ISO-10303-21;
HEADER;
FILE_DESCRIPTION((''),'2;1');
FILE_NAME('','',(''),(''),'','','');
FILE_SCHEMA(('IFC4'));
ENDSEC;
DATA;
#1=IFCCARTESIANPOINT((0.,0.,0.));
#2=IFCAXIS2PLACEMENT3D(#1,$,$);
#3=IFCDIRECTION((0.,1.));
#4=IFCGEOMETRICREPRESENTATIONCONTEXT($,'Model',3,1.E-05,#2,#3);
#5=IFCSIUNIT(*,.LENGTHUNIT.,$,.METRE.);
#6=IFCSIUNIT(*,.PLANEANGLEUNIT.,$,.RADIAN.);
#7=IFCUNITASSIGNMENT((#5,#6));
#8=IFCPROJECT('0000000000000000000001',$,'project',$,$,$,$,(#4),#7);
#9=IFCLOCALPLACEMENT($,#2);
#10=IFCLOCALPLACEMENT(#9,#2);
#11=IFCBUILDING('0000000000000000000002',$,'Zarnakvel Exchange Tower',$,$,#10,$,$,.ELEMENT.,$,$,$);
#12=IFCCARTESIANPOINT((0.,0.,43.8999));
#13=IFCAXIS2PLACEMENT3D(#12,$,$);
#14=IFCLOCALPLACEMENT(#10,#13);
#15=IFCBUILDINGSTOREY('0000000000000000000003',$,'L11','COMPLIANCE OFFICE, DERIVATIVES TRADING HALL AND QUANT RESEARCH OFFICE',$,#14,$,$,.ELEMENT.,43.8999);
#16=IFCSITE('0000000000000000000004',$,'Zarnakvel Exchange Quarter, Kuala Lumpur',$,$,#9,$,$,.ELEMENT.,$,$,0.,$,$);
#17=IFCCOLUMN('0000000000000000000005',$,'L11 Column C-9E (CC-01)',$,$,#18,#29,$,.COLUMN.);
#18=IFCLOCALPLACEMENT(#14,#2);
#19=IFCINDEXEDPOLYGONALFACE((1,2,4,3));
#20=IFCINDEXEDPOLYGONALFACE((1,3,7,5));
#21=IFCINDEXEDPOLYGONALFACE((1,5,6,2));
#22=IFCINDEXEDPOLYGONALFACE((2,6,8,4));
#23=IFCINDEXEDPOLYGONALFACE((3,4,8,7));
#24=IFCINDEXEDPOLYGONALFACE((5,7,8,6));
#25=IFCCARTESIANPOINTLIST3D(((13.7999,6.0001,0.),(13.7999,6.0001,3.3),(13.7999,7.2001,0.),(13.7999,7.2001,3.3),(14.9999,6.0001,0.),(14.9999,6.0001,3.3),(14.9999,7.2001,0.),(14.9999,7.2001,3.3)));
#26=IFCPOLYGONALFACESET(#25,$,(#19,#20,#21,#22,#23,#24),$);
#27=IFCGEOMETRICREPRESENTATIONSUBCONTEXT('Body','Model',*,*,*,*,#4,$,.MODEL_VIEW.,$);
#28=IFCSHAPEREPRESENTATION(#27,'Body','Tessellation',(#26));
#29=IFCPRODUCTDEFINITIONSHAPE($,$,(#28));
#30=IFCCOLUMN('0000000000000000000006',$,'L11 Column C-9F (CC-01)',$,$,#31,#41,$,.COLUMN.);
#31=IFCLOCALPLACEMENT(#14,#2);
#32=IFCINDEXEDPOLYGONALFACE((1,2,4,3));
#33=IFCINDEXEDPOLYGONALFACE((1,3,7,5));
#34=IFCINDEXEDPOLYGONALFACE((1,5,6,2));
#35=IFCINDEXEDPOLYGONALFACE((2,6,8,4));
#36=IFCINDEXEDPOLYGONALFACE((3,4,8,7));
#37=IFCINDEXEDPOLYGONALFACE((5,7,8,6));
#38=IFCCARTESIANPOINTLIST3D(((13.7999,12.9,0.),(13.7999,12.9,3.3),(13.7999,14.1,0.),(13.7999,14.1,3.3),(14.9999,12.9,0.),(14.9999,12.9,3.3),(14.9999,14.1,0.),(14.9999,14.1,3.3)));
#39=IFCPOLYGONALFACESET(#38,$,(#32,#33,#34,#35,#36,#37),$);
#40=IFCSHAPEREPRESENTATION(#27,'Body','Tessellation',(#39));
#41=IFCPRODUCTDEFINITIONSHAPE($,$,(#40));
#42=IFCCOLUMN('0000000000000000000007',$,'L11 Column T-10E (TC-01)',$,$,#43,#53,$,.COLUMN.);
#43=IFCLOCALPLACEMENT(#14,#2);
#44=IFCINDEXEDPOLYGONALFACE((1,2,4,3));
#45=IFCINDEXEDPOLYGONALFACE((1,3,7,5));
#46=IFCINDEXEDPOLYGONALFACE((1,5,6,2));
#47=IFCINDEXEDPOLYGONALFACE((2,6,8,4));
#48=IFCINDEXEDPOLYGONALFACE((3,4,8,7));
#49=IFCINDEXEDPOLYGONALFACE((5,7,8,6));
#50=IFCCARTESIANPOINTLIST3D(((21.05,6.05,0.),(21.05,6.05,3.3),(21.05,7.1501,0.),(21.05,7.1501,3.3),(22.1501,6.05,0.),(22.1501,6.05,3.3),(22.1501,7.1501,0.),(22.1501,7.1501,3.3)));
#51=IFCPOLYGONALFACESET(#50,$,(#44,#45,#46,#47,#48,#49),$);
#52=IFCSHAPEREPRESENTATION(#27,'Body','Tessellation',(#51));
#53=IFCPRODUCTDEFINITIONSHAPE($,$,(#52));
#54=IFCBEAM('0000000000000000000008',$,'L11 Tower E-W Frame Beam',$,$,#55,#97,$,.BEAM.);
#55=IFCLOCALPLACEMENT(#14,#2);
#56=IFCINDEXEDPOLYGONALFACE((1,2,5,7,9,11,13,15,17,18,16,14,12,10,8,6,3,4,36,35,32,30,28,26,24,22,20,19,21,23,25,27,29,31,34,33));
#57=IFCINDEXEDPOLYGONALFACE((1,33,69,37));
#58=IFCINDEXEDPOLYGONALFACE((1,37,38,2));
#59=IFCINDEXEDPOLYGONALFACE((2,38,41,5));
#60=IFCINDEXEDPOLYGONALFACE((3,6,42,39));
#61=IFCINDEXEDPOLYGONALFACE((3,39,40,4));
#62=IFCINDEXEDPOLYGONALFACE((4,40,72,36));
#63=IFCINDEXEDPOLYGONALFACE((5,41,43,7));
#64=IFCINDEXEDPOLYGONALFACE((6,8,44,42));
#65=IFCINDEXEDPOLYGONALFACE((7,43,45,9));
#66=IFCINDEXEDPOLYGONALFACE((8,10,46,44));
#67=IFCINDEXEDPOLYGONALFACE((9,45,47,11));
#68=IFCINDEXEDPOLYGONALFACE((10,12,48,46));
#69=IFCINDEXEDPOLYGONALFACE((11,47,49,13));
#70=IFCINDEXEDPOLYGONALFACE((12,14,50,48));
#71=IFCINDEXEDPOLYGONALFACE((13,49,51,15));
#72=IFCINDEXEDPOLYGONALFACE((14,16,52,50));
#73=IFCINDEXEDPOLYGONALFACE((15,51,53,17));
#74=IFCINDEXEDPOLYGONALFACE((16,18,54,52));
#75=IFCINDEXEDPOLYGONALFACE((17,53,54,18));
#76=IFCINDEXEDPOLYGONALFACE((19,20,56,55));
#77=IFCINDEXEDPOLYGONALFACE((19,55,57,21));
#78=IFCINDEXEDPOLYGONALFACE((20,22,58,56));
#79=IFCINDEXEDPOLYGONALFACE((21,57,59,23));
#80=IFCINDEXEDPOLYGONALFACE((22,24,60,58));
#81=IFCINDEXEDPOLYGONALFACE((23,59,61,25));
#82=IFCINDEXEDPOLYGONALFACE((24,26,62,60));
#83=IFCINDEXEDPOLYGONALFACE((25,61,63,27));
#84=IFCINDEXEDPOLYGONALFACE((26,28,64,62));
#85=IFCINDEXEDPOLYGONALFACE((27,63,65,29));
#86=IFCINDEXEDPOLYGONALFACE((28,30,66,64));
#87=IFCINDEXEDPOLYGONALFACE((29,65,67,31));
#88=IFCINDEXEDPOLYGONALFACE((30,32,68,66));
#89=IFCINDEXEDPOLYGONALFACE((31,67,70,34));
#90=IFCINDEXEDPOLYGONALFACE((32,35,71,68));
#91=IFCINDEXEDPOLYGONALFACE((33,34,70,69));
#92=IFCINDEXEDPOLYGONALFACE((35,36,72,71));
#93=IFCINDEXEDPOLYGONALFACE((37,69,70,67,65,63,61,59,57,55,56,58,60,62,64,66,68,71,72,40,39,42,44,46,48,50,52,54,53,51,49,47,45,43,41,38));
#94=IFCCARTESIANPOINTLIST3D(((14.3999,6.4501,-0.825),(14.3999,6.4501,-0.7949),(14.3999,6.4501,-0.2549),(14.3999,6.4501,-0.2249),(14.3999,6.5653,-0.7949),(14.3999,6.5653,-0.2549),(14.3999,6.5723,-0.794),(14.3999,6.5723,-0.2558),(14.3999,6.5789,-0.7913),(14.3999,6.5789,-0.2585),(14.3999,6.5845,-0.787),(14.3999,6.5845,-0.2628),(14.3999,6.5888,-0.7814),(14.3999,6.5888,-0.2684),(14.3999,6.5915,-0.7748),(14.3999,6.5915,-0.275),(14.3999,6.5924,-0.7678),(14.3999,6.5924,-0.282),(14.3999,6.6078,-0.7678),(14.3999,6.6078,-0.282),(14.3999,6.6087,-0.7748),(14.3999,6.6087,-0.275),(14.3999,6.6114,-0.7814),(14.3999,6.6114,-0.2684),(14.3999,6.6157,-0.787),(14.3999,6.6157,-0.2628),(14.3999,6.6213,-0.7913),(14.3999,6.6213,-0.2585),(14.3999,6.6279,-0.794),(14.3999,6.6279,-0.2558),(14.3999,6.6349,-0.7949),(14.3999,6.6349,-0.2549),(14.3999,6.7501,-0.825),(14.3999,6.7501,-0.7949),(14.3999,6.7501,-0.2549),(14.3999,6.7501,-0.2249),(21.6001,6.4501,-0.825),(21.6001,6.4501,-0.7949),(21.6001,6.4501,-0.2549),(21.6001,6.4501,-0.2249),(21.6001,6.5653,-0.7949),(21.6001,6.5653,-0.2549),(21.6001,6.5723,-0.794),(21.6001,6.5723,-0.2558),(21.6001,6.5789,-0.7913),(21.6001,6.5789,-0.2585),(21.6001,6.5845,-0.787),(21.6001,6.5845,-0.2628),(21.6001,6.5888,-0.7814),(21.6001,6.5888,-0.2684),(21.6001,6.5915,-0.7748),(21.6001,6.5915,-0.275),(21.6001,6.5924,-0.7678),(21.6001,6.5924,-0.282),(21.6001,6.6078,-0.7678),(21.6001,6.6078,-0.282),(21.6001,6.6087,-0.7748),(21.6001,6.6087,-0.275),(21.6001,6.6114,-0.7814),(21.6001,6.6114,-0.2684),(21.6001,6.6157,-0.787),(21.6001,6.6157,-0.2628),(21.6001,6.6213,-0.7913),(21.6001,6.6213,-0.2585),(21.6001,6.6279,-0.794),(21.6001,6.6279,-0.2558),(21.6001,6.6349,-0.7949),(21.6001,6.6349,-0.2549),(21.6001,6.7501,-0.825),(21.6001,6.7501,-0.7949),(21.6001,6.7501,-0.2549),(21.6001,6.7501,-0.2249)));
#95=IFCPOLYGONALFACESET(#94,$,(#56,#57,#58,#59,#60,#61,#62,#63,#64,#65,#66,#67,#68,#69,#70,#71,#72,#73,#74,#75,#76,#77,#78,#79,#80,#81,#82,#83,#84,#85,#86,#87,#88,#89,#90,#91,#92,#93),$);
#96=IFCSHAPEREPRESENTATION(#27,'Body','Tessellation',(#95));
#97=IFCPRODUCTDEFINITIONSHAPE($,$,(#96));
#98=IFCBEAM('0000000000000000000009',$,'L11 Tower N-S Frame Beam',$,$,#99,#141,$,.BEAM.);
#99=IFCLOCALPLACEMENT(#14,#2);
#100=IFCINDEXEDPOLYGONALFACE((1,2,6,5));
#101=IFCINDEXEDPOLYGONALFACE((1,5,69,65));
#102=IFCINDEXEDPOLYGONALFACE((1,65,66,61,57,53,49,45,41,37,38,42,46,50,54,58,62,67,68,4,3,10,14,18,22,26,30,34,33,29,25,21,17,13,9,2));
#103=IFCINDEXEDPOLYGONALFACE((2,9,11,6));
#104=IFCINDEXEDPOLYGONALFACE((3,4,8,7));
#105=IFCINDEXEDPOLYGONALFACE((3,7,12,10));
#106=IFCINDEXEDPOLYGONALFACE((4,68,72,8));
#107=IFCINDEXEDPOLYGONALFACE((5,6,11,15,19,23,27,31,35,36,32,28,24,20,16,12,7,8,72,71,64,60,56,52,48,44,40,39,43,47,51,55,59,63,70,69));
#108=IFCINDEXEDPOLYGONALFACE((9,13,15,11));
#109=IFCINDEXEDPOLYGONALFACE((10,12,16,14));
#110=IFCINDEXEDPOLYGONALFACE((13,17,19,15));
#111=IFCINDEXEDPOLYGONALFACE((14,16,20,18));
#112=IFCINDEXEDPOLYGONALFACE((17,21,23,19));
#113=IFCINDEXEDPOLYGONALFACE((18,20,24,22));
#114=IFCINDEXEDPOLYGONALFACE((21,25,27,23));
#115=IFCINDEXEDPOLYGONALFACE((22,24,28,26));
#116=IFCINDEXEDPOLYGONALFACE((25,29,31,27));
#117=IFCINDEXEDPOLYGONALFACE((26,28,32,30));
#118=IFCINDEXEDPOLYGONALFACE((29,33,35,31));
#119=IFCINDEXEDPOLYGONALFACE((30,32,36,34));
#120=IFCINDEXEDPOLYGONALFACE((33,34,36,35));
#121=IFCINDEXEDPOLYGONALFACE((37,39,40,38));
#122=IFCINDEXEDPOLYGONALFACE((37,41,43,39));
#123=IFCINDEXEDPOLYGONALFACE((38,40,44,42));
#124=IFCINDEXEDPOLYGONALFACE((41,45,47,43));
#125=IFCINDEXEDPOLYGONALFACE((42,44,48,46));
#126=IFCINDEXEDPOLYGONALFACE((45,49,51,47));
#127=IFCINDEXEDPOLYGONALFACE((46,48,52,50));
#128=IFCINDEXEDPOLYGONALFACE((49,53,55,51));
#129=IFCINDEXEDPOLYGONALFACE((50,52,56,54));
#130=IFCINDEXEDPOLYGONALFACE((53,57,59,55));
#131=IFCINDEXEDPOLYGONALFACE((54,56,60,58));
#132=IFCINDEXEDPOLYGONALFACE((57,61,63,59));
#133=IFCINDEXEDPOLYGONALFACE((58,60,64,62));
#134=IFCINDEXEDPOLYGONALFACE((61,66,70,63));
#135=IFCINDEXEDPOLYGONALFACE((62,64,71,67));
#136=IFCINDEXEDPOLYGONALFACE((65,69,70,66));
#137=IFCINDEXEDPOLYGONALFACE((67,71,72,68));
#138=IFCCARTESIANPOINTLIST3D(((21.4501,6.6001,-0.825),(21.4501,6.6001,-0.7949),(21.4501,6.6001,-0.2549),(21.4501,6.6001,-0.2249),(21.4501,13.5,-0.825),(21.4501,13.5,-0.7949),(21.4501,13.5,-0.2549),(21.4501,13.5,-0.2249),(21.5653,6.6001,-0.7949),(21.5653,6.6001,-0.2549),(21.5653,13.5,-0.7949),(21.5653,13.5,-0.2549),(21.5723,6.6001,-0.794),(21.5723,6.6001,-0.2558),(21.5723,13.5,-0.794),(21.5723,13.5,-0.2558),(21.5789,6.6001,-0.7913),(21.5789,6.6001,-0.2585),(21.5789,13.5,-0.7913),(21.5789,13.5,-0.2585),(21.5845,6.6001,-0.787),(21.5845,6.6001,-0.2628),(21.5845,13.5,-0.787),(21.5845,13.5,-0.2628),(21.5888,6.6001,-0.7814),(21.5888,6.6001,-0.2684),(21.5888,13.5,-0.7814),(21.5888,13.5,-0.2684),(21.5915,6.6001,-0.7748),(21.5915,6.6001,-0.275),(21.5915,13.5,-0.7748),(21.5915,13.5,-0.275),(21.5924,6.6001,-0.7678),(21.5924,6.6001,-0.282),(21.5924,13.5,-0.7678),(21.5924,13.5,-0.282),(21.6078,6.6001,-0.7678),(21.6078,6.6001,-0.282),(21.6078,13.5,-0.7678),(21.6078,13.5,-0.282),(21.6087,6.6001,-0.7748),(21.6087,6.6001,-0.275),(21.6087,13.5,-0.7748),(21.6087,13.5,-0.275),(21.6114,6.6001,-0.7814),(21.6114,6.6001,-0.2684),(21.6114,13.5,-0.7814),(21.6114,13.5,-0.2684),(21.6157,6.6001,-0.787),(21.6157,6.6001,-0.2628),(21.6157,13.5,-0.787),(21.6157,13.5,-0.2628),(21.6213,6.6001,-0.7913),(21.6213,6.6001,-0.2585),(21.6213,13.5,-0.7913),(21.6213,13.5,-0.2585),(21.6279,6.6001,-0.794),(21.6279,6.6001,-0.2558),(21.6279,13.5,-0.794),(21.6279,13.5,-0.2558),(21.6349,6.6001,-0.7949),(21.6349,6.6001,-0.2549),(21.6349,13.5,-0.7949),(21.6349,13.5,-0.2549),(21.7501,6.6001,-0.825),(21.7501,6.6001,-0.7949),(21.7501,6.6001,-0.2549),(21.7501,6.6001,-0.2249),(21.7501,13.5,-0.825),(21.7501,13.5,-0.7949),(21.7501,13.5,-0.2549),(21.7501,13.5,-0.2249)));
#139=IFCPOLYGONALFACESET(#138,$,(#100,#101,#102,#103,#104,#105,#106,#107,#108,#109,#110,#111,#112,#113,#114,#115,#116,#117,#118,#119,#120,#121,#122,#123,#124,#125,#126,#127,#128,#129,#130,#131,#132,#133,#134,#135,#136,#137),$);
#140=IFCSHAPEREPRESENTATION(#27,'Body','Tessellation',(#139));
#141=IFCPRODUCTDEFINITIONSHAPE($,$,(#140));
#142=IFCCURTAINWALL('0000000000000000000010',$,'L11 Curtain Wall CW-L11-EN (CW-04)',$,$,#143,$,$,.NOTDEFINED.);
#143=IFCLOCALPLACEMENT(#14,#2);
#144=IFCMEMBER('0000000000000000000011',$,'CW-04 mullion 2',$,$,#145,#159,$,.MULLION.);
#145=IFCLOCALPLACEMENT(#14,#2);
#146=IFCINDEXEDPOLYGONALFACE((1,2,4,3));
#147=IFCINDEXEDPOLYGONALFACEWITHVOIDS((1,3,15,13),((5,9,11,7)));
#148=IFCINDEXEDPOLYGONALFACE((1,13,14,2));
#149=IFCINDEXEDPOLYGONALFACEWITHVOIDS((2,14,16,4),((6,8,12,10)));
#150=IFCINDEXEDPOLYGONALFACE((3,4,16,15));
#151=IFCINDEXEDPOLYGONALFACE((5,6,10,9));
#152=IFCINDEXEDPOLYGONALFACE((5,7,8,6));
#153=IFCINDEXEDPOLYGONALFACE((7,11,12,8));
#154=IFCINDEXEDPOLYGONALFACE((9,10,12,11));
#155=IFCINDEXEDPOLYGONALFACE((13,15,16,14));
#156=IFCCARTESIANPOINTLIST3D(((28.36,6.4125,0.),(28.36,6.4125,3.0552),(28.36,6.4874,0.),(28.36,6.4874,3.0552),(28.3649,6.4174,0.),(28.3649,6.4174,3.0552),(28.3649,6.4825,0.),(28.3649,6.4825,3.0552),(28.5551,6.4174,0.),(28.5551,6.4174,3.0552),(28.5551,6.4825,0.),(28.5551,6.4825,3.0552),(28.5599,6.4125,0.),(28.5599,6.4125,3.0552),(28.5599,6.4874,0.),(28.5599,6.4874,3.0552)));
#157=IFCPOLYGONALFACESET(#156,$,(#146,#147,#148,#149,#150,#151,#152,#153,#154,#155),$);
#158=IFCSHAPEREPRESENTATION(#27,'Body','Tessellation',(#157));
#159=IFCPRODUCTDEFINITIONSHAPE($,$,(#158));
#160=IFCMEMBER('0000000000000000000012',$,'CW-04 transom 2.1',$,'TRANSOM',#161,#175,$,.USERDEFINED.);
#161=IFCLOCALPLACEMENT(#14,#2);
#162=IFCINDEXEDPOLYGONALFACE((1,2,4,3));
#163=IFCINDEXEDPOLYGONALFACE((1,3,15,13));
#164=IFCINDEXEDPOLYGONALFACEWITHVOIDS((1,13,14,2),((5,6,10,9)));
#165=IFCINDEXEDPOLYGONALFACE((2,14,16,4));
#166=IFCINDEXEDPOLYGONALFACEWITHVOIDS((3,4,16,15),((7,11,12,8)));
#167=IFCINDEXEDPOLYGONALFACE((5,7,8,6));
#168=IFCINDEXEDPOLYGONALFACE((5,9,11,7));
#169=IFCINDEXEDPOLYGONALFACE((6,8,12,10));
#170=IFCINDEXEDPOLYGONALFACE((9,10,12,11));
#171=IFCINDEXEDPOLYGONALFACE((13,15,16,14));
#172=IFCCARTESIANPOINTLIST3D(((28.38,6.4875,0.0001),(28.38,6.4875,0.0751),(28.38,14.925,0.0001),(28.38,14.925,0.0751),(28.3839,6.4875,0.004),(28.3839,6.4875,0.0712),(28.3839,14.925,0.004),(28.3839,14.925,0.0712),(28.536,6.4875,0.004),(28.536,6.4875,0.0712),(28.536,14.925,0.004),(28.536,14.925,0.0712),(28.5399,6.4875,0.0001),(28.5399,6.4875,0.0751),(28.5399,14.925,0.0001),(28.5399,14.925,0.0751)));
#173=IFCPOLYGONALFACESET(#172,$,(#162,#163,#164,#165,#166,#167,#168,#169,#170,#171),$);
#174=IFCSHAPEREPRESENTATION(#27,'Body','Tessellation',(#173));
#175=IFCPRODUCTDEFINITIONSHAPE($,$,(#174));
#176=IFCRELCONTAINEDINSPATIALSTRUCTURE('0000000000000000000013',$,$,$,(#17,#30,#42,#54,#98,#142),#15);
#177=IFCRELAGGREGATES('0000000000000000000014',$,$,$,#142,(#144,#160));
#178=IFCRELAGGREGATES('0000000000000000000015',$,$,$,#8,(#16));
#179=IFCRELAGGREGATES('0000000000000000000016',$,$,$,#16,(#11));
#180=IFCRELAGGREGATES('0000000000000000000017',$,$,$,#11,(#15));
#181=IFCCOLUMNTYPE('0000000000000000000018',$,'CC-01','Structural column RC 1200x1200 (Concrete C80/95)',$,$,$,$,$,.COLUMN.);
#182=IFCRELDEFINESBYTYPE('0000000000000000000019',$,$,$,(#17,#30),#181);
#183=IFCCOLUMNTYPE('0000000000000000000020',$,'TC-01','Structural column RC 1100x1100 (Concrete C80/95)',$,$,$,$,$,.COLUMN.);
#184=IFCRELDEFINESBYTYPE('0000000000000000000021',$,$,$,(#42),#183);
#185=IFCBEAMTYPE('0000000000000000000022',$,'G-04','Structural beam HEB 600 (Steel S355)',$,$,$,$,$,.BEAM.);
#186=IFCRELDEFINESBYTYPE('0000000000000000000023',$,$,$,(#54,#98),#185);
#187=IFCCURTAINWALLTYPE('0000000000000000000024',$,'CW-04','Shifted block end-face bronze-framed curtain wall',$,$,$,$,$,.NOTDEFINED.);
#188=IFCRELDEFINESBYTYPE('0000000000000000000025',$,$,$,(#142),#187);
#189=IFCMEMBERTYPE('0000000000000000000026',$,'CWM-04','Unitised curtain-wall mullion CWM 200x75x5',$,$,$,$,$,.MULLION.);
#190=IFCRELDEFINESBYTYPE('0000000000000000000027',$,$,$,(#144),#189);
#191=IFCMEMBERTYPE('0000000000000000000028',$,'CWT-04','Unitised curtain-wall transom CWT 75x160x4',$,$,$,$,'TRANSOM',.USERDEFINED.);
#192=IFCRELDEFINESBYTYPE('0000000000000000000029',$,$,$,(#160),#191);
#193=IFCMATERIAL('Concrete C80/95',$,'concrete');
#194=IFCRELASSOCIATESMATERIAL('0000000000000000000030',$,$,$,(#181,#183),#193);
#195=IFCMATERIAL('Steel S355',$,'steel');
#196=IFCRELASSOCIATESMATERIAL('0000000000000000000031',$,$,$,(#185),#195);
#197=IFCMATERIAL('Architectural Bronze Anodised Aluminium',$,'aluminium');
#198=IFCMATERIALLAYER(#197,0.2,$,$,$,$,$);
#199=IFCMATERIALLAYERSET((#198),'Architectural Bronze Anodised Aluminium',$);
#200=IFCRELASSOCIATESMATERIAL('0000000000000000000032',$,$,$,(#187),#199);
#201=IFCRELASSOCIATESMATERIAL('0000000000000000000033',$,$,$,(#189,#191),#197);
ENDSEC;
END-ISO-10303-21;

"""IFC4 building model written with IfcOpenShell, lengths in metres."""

from ifc_helpers import new_model, si_unit, direction, frame, origin, origin_2d, place, context, subcontext, project, spatial, rectangle, hollow_rectangle, i_section, extrude, source, transform, mapped, material, layer, layer_set, material_profile, profile_set, type_object, element, aggregate, save


model = new_model("IFC4")

# Units and contexts
model_context = context("Model", 3, precision=1e-05, world=origin(), true_north=direction((0.0, 1.0)))
body_context = subcontext(model_context, "Body", "Model", "MODEL_VIEW")
ifc_project = project(units=[si_unit("LENGTHUNIT", "METRE"), si_unit("PLANEANGLEUNIT", "RADIAN")], contexts=[model_context])

# Site, building, storey
site_placement = place(None, origin())
site = spatial("IfcSite", under=ifc_project, at=site_placement, Name="Zarnakvel Exchange Quarter, Kuala Lumpur", CompositionType="ELEMENT", RefElevation=0.0)
building_placement = place(site_placement, origin())
building = spatial("IfcBuilding", under=site, at=building_placement, Name="Zarnakvel Exchange Tower", CompositionType="ELEMENT")
storey_placement = place(building_placement, frame((0.0, 0.0, 43.8999)))
storey = spatial("IfcBuildingStorey", under=building, at=storey_placement, Name="L11", Description="COMPLIANCE OFFICE, DERIVATIVES TRADING HALL AND QUANT RESEARCH OFFICE", CompositionType="ELEMENT", Elevation=43.8999)

# Columns
ifc_material_1 = material(Name="Concrete C80/95", Category="concrete")
ifc_material_profile_1 = material_profile(ifc_material_1, rectangle(XDim=1.2, YDim=1.2, at=origin_2d()))
ifc_profile_set_1 = profile_set([ifc_material_profile_1], Name="Concrete C80/95")
column_type_1 = type_object("IfcColumnType", Name="CC-01", Description="Structural column RC 1200x1200 (Concrete C80/95)", PredefinedType="COLUMN", material=ifc_profile_set_1)
for number, where, z_axis, x_axis, name in (
    (1, (14.3999, 6.6001, 0.0), (0.0, 0.0, 1.0), (1.0, 0.0, 0.0), "L11 Column C-9E (CC-01)"),
    (2, (14.3999, 13.5, 0.0), (0.0, 0.0, 1.0), (1.0, 0.0, 0.0), "L11 Column C-9F (CC-01)"),
):
    element("IfcColumn", number, at=place(storey_placement, frame(where, z_axis=z_axis, x_axis=x_axis)), inside=storey, type_object=column_type_1, Name=name, PredefinedType="COLUMN", context=body_context, shape_type="SweptSolid", body=[
        extrude(rectangle(XDim=1.2, YDim=1.2, at=origin_2d()), origin(), (0.0, 0.0, 1.0), 3.3),
    ])
ifc_material_profile_2 = material_profile(ifc_material_1, rectangle(XDim=1.1001, YDim=1.1001, at=origin_2d()))
ifc_profile_set_2 = profile_set([ifc_material_profile_2], Name="Concrete C80/95")
column_type_2 = type_object("IfcColumnType", Name="TC-01", Description="Structural column RC 1100x1100 (Concrete C80/95)", PredefinedType="COLUMN", material=ifc_profile_set_2)
column_placement = place(storey_placement, frame((21.6001, 6.6001, 0.0), z_axis=(0.0, 0.0, 1.0), x_axis=(1.0, 0.0, 0.0)))
element("IfcColumn", 3, at=column_placement, inside=storey, type_object=column_type_2, Name="L11 Column T-10E (TC-01)", PredefinedType="COLUMN", context=body_context, shape_type="SweptSolid", body=[
    extrude(rectangle(XDim=1.1001, YDim=1.1001, at=origin_2d()), origin(), (0.0, 0.0, 1.0), 3.3),
])

# Beams
ifc_material_2 = material(Name="Steel S355", Category="steel")
ifc_material_profile_3 = material_profile(ifc_material_2, i_section(OverallWidth=0.3, OverallDepth=0.6001, WebThickness=0.0154, FlangeThickness=0.03, FilletRadius=0.0271, at=origin_2d()))
ifc_profile_set_3 = profile_set([ifc_material_profile_3], Name="Steel S355")
beam_type = type_object("IfcBeamType", Name="G-04", Description="Structural beam HEB 600 (Steel S355)", PredefinedType="BEAM", material=ifc_profile_set_3)
beam_1_placement = place(storey_placement, frame((14.3999, 6.6001, -0.5249), z_axis=(1.0, 0.0, 0.0), x_axis=(0.0, 1.0, 0.0)))
element("IfcBeam", 4, at=beam_1_placement, inside=storey, type_object=beam_type, Name="L11 Tower E-W Frame Beam", PredefinedType="BEAM", context=body_context, shape_type="SweptSolid", body=[
    extrude(i_section(OverallWidth=0.3, OverallDepth=0.6001, WebThickness=0.0154, FlangeThickness=0.03, FilletRadius=0.0271, at=origin_2d()), origin(), (0.0, 0.0, 1.0), 7.2002),
])
beam_2_placement = place(storey_placement, frame((21.6001, 6.6001, -0.5249), z_axis=(0.0, 1.0, 0.0), x_axis=(-1.0, 0.0, 0.0)))
element("IfcBeam", 5, at=beam_2_placement, inside=storey, type_object=beam_type, Name="L11 Tower N-S Frame Beam", PredefinedType="BEAM", context=body_context, shape_type="SweptSolid", body=[
    extrude(i_section(OverallWidth=0.3, OverallDepth=0.6001, WebThickness=0.0154, FlangeThickness=0.03, FilletRadius=0.0271, at=origin_2d()), origin(), (0.0, 0.0, 1.0), 6.8999),
])

# Curtain wall, members
ifc_material_3 = material(Name="Architectural Bronze Anodised Aluminium", Category="aluminium")
ifc_layer_1 = layer(ifc_material_3, 0.2)
ifc_layer_set_1 = layer_set([ifc_layer_1], Name="Architectural Bronze Anodised Aluminium")
curtain_wall_type = type_object("IfcCurtainWallType", Name="CW-04", Description="Shifted block end-face bronze-framed curtain wall", PredefinedType="NOTDEFINED", material=ifc_layer_set_1)
curtain_wall_placement = place(storey_placement, origin())
curtain_wall = element("IfcCurtainWall", 6, at=curtain_wall_placement, inside=storey, type_object=curtain_wall_type, Name="L11 Curtain Wall CW-L11-EN (CW-04)", PredefinedType="NOTDEFINED")
ifc_material_profile_4 = material_profile(ifc_material_3, hollow_rectangle(XDim=0.2, YDim=0.075, WallThickness=0.0049, at=origin_2d()))
ifc_profile_set_4 = profile_set([ifc_material_profile_4], Name="Architectural Bronze Anodised Aluminium")
member_type_1 = type_object("IfcMemberType", Name="CWM-04", Description="Unitised curtain-wall mullion CWM 200x75x5", PredefinedType="MULLION", material=ifc_profile_set_4)
shared_shape_1 = source(origin(), body_context, "Body", "SweptSolid", [
    extrude(hollow_rectangle(XDim=0.2, YDim=0.075, WallThickness=0.0049, at=origin_2d()), origin(), (0.0, 0.0, 1.0), 3.0552),
])
member_1_placement = place(storey_placement, frame((28.46, 6.45, 0.0), z_axis=(0.0, 0.0, 1.0), x_axis=(-1.0, 0.0, 0.0)))
member_1 = element("IfcMember", 7, at=member_1_placement, type_object=member_type_1, Name="CW-04 mullion 2", PredefinedType="MULLION", context=body_context, shape_type="MappedRepresentation", body=[
    mapped(shared_shape_1, transform((0.0, 0.0, 0.0), x_axis=(1.0, 0.0, 0.0), y_axis=(0.0, 1.0, 0.0), z_axis=(0.0, 0.0, 1.0), scale=1.0)),
])
ifc_material_profile_5 = material_profile(ifc_material_3, hollow_rectangle(XDim=0.1599, YDim=0.075, WallThickness=0.0039, at=origin_2d()))
ifc_profile_set_5 = profile_set([ifc_material_profile_5], Name="Architectural Bronze Anodised Aluminium")
member_type_2 = type_object("IfcMemberType", Name="CWT-04", Description="Unitised curtain-wall transom CWT 75x160x4", ElementType="TRANSOM", PredefinedType="USERDEFINED", material=ifc_profile_set_5)
shared_shape_2 = source(origin(), body_context, "Body", "SweptSolid", [
    extrude(hollow_rectangle(XDim=0.1599, YDim=0.075, WallThickness=0.0039, at=origin_2d()), origin(), (0.0, 0.0, 1.0), 8.4375),
])
member_2_placement = place(storey_placement, frame((28.46, 6.4875, 0.0376), z_axis=(0.0, 1.0, 0.0), x_axis=(-1.0, 0.0, 0.0)))
member_2 = element("IfcMember", 8, at=member_2_placement, type_object=member_type_2, Name="CW-04 transom 2.1", ObjectType="TRANSOM", PredefinedType="USERDEFINED", context=body_context, shape_type="MappedRepresentation", body=[
    mapped(shared_shape_2, transform((0.0, 0.0, 0.0), x_axis=(1.0, 0.0, 0.0), y_axis=(0.0, 1.0, 0.0), z_axis=(0.0, 0.0, 1.0), scale=1.0)),
])
aggregate(curtain_wall, [member_1, member_2])

save(model, "model.ifc")
